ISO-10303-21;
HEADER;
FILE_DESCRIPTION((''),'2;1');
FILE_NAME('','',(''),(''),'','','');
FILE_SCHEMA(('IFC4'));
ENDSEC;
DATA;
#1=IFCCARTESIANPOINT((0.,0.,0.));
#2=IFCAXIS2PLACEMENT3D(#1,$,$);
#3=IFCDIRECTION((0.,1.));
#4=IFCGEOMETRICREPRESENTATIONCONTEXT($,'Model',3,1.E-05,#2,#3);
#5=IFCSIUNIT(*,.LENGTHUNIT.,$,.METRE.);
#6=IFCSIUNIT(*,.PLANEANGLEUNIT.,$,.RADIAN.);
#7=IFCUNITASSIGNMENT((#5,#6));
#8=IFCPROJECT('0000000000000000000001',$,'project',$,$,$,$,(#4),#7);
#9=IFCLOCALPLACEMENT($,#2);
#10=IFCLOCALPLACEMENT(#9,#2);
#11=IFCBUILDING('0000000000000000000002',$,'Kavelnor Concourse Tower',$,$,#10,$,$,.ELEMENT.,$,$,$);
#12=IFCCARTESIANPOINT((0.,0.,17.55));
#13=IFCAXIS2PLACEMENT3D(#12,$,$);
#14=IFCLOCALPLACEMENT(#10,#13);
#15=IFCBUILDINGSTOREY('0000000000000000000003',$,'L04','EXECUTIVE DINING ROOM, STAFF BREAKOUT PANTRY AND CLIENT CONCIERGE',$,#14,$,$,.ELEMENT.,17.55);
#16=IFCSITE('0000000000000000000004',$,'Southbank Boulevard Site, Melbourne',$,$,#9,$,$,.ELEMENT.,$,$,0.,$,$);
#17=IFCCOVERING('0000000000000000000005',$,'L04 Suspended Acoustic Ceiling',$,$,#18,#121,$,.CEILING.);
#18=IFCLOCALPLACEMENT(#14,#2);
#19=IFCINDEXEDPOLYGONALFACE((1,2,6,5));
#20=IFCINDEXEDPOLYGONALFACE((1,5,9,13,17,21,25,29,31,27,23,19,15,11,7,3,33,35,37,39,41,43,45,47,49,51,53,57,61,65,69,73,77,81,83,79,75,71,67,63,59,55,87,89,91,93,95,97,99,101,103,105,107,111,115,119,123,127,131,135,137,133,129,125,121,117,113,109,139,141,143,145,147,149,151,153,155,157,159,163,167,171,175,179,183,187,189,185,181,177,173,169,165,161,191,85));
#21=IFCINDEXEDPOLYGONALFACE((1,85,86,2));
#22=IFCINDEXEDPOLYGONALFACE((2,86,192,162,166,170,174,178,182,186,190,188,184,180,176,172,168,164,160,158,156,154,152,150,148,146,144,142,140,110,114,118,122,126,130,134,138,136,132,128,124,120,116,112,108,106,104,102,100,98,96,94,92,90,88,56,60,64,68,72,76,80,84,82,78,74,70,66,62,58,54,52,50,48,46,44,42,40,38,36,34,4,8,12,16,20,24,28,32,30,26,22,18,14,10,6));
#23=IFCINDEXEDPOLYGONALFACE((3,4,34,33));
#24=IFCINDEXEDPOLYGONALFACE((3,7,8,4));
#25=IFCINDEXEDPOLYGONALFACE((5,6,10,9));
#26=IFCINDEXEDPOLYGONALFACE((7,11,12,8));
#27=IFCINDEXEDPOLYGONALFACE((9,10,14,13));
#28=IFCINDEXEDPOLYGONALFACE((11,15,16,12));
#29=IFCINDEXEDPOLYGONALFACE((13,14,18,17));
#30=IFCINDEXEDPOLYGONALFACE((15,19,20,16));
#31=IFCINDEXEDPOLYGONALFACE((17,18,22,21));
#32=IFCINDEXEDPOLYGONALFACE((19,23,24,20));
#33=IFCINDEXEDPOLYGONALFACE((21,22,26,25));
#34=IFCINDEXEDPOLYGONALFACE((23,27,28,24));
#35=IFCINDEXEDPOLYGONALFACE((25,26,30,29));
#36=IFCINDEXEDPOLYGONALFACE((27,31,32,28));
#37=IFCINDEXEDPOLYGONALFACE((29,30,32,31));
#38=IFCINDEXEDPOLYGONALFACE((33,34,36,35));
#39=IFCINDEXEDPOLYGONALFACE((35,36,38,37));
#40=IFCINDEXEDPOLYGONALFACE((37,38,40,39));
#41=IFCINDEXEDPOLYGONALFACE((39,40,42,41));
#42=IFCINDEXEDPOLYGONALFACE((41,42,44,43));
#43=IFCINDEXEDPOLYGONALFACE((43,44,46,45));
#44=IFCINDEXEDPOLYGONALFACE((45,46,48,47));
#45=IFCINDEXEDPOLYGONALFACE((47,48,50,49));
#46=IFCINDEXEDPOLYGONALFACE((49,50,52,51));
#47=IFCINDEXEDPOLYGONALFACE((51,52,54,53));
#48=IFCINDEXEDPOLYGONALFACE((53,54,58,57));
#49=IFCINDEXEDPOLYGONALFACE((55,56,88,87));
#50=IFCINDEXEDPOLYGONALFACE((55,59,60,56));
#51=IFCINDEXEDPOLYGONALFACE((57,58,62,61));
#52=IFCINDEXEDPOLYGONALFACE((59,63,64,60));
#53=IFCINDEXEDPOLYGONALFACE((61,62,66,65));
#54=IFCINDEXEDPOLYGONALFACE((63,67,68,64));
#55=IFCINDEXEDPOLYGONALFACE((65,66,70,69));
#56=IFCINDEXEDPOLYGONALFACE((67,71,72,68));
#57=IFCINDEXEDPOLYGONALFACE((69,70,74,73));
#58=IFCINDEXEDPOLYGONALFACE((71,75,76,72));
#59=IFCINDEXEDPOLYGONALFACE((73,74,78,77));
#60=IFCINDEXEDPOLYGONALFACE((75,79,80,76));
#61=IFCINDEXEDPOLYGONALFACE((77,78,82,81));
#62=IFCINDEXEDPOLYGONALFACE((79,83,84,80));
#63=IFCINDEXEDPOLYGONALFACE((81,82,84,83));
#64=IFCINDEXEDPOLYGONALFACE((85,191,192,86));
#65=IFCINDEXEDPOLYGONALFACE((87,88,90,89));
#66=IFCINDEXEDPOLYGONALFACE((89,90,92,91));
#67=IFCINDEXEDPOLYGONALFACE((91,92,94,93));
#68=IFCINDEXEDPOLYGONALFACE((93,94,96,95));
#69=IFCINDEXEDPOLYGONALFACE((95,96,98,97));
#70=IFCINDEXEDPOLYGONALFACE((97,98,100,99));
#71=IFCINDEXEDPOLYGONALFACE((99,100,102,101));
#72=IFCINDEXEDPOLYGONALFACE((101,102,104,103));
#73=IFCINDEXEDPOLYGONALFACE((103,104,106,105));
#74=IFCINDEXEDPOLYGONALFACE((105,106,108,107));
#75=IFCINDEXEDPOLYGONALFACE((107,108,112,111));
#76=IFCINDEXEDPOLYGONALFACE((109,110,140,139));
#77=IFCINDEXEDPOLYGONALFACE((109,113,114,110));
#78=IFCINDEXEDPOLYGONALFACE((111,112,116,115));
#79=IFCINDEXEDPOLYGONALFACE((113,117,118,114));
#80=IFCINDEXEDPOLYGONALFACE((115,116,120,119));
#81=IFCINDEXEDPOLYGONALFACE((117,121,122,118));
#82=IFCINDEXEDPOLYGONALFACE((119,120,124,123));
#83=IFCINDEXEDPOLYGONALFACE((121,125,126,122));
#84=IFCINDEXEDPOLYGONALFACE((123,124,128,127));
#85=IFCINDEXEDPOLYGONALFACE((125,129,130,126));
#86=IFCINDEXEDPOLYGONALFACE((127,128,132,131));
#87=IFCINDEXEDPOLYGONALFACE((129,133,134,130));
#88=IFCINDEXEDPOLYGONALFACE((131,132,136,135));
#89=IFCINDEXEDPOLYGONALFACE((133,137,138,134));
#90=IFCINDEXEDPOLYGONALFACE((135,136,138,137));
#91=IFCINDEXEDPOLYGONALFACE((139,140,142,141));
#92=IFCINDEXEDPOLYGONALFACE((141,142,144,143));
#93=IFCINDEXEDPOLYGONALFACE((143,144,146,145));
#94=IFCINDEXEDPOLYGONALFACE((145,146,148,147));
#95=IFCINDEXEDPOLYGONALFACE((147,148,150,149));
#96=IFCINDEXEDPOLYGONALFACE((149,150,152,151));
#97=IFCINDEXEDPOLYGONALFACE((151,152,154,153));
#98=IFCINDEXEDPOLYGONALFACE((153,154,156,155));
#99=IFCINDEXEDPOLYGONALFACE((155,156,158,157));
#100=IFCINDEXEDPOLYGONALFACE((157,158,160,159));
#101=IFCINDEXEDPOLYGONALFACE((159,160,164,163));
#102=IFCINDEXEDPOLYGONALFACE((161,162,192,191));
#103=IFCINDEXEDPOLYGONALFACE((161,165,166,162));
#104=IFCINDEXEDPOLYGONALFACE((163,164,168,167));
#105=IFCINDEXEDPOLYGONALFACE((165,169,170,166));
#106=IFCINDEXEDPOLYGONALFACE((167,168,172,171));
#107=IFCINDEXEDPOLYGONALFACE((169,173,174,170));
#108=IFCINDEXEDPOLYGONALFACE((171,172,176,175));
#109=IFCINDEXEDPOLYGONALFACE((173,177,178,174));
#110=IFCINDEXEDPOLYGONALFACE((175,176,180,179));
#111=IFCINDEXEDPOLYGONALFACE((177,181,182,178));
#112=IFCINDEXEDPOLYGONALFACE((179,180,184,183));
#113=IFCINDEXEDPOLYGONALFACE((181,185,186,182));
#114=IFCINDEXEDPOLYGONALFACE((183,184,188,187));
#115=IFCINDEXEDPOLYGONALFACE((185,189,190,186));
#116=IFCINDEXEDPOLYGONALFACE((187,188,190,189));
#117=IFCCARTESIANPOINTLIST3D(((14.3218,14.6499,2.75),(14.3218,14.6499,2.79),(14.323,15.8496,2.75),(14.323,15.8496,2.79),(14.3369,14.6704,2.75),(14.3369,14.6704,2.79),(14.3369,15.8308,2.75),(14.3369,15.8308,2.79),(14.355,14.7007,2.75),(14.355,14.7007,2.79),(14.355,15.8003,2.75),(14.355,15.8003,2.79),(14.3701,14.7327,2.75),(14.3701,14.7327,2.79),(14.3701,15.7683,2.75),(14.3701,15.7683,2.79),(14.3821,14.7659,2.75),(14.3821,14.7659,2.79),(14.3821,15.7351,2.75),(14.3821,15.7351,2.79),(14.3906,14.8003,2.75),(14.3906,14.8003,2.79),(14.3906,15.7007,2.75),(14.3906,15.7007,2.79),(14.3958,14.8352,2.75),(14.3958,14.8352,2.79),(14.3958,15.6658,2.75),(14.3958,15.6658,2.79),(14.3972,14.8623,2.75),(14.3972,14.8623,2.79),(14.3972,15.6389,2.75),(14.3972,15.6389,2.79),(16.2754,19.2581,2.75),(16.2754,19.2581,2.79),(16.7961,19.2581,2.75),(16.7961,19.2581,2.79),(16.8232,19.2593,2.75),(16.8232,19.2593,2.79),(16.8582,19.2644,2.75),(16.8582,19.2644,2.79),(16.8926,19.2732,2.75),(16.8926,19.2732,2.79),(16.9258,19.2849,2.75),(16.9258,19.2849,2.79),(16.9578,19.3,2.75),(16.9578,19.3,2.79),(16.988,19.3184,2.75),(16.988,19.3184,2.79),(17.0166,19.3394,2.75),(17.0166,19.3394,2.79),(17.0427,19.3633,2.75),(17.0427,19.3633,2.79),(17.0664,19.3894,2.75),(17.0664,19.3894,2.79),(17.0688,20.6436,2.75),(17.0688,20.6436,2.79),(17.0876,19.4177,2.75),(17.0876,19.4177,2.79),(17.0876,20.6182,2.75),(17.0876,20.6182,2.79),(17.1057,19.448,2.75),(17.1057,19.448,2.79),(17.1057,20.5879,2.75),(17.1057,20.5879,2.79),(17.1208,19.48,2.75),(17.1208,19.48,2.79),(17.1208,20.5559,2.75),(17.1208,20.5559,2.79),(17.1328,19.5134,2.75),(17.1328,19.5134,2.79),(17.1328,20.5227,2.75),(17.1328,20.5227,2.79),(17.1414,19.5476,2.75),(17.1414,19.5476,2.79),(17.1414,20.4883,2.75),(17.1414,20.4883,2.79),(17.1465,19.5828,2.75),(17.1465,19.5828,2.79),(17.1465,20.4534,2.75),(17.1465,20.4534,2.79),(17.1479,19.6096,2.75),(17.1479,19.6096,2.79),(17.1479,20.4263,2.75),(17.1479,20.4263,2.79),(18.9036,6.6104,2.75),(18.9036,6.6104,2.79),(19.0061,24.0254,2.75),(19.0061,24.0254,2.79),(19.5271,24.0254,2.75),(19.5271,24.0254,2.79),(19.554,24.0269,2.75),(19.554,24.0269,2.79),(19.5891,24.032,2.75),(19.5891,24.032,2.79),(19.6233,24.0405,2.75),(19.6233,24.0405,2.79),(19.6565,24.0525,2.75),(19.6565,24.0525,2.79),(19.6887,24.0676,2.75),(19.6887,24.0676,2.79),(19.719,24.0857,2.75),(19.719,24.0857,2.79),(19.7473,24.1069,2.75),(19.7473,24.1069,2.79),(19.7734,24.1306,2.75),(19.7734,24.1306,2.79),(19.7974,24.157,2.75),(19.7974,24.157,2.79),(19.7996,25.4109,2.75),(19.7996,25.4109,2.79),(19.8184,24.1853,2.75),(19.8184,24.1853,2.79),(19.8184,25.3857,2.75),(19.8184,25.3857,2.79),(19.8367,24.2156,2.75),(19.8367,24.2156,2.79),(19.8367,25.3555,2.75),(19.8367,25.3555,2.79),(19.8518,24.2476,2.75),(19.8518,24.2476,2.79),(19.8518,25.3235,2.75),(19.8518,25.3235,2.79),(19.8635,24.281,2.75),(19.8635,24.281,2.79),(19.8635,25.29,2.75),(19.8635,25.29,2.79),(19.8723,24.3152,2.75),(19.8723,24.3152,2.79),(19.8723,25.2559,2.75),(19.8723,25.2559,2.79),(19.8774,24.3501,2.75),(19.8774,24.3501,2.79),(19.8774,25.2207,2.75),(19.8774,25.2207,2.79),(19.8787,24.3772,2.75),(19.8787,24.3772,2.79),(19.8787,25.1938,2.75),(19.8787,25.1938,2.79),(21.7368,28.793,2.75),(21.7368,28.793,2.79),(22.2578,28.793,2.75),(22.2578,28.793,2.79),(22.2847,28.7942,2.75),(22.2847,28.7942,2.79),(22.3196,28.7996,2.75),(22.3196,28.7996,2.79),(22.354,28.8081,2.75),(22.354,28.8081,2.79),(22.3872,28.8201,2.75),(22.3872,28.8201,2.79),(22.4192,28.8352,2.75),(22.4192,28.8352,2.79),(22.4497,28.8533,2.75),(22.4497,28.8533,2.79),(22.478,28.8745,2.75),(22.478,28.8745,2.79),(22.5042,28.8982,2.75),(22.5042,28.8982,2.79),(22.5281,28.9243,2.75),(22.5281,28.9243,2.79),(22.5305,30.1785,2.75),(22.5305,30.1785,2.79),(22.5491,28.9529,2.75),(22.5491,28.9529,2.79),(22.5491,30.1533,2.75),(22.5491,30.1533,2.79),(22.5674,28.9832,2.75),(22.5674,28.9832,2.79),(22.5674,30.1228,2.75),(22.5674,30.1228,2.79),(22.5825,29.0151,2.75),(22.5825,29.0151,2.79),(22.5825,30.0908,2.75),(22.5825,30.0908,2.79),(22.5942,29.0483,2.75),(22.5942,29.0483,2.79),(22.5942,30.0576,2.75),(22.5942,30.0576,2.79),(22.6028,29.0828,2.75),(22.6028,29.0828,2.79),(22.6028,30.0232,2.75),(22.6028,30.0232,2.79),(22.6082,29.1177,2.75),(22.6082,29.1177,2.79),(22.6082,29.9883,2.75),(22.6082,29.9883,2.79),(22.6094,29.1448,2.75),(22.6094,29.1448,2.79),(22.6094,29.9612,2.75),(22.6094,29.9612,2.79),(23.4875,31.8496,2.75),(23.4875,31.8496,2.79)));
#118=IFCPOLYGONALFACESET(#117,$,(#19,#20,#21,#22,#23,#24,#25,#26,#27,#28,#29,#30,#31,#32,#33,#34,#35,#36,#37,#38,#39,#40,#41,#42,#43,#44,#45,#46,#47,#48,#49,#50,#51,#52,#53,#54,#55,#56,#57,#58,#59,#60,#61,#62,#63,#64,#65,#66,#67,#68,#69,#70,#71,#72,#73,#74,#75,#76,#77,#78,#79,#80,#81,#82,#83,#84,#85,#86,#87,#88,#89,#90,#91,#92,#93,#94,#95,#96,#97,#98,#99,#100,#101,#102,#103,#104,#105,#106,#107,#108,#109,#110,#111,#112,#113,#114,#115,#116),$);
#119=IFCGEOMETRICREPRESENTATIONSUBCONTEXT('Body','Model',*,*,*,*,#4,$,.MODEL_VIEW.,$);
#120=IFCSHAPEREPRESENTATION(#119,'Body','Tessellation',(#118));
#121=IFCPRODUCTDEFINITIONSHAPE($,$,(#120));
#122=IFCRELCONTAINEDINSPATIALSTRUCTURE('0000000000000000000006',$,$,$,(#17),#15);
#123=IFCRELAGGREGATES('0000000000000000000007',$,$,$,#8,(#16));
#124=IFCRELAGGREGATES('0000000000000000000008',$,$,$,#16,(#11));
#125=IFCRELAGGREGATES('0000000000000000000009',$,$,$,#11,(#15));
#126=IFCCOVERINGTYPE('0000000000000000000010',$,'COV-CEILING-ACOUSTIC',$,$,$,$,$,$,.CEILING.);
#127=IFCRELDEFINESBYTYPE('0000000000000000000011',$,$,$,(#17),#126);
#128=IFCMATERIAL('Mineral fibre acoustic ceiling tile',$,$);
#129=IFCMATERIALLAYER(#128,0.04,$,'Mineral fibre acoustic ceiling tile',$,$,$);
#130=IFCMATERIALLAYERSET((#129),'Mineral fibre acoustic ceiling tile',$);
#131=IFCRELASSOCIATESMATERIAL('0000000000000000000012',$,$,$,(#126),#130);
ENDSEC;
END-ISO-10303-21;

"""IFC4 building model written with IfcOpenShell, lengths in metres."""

from ifc_helpers import new_model, si_unit, direction, frame, origin, place, context, subcontext, project, spatial, polyline, outline, extrude, material, layer, layer_set, type_object, element, save


model = new_model("IFC4")

# Units and contexts
model_context = context("Model", 3, precision=1e-05, world=origin(), true_north=direction((0.0, 1.0)))
body_context = subcontext(model_context, "Body", "Model", "MODEL_VIEW")
ifc_project = project(units=[si_unit("LENGTHUNIT", "METRE"), si_unit("PLANEANGLEUNIT", "RADIAN")], contexts=[model_context])

# Site, building, storey
site_placement = place(None, origin())
site = spatial("IfcSite", under=ifc_project, at=site_placement, Name="Southbank Boulevard Site, Melbourne", CompositionType="ELEMENT", RefElevation=0.0)
building_placement = place(site_placement, origin())
building = spatial("IfcBuilding", under=site, at=building_placement, Name="Kavelnor Concourse Tower", CompositionType="ELEMENT")
storey_placement = place(building_placement, frame((0.0, 0.0, 17.55)))
storey = spatial("IfcBuildingStorey", under=building, at=storey_placement, Name="L04", Description="EXECUTIVE DINING ROOM, STAFF BREAKOUT PANTRY AND CLIENT CONCIERGE", CompositionType="ELEMENT", Elevation=17.55)

# Covering
ifc_material_1 = material(Name="Mineral fibre acoustic ceiling tile")
ifc_layer_1 = layer(ifc_material_1, 0.04, Name="Mineral fibre acoustic ceiling tile")
ifc_layer_set_1 = layer_set([ifc_layer_1], Name="Mineral fibre acoustic ceiling tile")
covering_type_1 = type_object("IfcCoveringType", Name="COV-CEILING-ACOUSTIC", PredefinedType="CEILING", material=ifc_layer_set_1)
covering_1_placement = place(storey_placement, frame((0.0, 0.0, 2.75)))
element("IfcCovering", 1, at=covering_1_placement, inside=storey, type_object=covering_type_1, Name="L04 Suspended Acoustic Ceiling", PredefinedType="CEILING", context=body_context, shape_type="SweptSolid", body=[
    extrude(outline(polyline([(14.3369, 14.6704), (14.355, 14.7007), (14.3701, 14.7327), (14.3821, 14.7659), (14.3906, 14.8003), (14.3958, 14.8352), (14.3972, 14.8623), (14.3972, 15.6389), (14.3958, 15.6658), (14.3906, 15.7007), (14.3821, 15.7351), (14.3701, 15.7683), (14.355, 15.8003), (14.3369, 15.8308), (14.323, 15.8496), (16.2754, 19.2581), (16.7961, 19.2581), (16.8232, 19.2593), (16.8582, 19.2644), (16.8926, 19.2732), (16.9258, 19.2849), (16.9578, 19.3), (16.988, 19.3184), (17.0166, 19.3394), (17.0427, 19.3633), (17.0664, 19.3894), (17.0876, 19.4177), (17.1057, 19.448), (17.1208, 19.48), (17.1328, 19.5134), (17.1414, 19.5476), (17.1465, 19.5828), (17.1479, 19.6096), (17.1479, 20.4263), (17.1465, 20.4534), (17.1414, 20.4883), (17.1328, 20.5227), (17.1208, 20.5559), (17.1057, 20.5879), (17.0876, 20.6182), (17.0688, 20.6436), (19.0061, 24.0254), (19.5271, 24.0254), (19.554, 24.0269), (19.5891, 24.032), (19.6233, 24.0405), (19.6565, 24.0525), (19.6887, 24.0676), (19.719, 24.0857), (19.7473, 24.1069), (19.7734, 24.1306), (19.7974, 24.157), (19.8184, 24.1853), (19.8367, 24.2156), (19.8518, 24.2476), (19.8635, 24.281), (19.8723, 24.3152), (19.8774, 24.3501), (19.8787, 24.3772), (19.8787, 25.1938), (19.8774, 25.2207), (19.8723, 25.2559), (19.8635, 25.29), (19.8518, 25.3235), (19.8367, 25.3555), (19.8184, 25.3857), (19.7996, 25.4109), (21.7368, 28.793), (22.2578, 28.793), (22.2847, 28.7942), (22.3196, 28.7996), (22.354, 28.8081), (22.3872, 28.8201), (22.4192, 28.8352), (22.4497, 28.8533), (22.478, 28.8745), (22.5042, 28.8982), (22.5281, 28.9243), (22.5491, 28.9529), (22.5674, 28.9832), (22.5825, 29.0151), (22.5942, 29.0483), (22.6028, 29.0828), (22.6082, 29.1177), (22.6094, 29.1448), (22.6094, 29.9612), (22.6082, 29.9883), (22.6028, 30.0232), (22.5942, 30.0576), (22.5825, 30.0908), (22.5674, 30.1228), (22.5491, 30.1533), (22.5305, 30.1785), (23.4875, 31.8496), (18.9036, 6.6104), (14.3218, 14.6499), (14.3369, 14.6704)])), origin(), (0.0, 0.0, 1.0), 0.04),
])

save(model, "model.ifc")
